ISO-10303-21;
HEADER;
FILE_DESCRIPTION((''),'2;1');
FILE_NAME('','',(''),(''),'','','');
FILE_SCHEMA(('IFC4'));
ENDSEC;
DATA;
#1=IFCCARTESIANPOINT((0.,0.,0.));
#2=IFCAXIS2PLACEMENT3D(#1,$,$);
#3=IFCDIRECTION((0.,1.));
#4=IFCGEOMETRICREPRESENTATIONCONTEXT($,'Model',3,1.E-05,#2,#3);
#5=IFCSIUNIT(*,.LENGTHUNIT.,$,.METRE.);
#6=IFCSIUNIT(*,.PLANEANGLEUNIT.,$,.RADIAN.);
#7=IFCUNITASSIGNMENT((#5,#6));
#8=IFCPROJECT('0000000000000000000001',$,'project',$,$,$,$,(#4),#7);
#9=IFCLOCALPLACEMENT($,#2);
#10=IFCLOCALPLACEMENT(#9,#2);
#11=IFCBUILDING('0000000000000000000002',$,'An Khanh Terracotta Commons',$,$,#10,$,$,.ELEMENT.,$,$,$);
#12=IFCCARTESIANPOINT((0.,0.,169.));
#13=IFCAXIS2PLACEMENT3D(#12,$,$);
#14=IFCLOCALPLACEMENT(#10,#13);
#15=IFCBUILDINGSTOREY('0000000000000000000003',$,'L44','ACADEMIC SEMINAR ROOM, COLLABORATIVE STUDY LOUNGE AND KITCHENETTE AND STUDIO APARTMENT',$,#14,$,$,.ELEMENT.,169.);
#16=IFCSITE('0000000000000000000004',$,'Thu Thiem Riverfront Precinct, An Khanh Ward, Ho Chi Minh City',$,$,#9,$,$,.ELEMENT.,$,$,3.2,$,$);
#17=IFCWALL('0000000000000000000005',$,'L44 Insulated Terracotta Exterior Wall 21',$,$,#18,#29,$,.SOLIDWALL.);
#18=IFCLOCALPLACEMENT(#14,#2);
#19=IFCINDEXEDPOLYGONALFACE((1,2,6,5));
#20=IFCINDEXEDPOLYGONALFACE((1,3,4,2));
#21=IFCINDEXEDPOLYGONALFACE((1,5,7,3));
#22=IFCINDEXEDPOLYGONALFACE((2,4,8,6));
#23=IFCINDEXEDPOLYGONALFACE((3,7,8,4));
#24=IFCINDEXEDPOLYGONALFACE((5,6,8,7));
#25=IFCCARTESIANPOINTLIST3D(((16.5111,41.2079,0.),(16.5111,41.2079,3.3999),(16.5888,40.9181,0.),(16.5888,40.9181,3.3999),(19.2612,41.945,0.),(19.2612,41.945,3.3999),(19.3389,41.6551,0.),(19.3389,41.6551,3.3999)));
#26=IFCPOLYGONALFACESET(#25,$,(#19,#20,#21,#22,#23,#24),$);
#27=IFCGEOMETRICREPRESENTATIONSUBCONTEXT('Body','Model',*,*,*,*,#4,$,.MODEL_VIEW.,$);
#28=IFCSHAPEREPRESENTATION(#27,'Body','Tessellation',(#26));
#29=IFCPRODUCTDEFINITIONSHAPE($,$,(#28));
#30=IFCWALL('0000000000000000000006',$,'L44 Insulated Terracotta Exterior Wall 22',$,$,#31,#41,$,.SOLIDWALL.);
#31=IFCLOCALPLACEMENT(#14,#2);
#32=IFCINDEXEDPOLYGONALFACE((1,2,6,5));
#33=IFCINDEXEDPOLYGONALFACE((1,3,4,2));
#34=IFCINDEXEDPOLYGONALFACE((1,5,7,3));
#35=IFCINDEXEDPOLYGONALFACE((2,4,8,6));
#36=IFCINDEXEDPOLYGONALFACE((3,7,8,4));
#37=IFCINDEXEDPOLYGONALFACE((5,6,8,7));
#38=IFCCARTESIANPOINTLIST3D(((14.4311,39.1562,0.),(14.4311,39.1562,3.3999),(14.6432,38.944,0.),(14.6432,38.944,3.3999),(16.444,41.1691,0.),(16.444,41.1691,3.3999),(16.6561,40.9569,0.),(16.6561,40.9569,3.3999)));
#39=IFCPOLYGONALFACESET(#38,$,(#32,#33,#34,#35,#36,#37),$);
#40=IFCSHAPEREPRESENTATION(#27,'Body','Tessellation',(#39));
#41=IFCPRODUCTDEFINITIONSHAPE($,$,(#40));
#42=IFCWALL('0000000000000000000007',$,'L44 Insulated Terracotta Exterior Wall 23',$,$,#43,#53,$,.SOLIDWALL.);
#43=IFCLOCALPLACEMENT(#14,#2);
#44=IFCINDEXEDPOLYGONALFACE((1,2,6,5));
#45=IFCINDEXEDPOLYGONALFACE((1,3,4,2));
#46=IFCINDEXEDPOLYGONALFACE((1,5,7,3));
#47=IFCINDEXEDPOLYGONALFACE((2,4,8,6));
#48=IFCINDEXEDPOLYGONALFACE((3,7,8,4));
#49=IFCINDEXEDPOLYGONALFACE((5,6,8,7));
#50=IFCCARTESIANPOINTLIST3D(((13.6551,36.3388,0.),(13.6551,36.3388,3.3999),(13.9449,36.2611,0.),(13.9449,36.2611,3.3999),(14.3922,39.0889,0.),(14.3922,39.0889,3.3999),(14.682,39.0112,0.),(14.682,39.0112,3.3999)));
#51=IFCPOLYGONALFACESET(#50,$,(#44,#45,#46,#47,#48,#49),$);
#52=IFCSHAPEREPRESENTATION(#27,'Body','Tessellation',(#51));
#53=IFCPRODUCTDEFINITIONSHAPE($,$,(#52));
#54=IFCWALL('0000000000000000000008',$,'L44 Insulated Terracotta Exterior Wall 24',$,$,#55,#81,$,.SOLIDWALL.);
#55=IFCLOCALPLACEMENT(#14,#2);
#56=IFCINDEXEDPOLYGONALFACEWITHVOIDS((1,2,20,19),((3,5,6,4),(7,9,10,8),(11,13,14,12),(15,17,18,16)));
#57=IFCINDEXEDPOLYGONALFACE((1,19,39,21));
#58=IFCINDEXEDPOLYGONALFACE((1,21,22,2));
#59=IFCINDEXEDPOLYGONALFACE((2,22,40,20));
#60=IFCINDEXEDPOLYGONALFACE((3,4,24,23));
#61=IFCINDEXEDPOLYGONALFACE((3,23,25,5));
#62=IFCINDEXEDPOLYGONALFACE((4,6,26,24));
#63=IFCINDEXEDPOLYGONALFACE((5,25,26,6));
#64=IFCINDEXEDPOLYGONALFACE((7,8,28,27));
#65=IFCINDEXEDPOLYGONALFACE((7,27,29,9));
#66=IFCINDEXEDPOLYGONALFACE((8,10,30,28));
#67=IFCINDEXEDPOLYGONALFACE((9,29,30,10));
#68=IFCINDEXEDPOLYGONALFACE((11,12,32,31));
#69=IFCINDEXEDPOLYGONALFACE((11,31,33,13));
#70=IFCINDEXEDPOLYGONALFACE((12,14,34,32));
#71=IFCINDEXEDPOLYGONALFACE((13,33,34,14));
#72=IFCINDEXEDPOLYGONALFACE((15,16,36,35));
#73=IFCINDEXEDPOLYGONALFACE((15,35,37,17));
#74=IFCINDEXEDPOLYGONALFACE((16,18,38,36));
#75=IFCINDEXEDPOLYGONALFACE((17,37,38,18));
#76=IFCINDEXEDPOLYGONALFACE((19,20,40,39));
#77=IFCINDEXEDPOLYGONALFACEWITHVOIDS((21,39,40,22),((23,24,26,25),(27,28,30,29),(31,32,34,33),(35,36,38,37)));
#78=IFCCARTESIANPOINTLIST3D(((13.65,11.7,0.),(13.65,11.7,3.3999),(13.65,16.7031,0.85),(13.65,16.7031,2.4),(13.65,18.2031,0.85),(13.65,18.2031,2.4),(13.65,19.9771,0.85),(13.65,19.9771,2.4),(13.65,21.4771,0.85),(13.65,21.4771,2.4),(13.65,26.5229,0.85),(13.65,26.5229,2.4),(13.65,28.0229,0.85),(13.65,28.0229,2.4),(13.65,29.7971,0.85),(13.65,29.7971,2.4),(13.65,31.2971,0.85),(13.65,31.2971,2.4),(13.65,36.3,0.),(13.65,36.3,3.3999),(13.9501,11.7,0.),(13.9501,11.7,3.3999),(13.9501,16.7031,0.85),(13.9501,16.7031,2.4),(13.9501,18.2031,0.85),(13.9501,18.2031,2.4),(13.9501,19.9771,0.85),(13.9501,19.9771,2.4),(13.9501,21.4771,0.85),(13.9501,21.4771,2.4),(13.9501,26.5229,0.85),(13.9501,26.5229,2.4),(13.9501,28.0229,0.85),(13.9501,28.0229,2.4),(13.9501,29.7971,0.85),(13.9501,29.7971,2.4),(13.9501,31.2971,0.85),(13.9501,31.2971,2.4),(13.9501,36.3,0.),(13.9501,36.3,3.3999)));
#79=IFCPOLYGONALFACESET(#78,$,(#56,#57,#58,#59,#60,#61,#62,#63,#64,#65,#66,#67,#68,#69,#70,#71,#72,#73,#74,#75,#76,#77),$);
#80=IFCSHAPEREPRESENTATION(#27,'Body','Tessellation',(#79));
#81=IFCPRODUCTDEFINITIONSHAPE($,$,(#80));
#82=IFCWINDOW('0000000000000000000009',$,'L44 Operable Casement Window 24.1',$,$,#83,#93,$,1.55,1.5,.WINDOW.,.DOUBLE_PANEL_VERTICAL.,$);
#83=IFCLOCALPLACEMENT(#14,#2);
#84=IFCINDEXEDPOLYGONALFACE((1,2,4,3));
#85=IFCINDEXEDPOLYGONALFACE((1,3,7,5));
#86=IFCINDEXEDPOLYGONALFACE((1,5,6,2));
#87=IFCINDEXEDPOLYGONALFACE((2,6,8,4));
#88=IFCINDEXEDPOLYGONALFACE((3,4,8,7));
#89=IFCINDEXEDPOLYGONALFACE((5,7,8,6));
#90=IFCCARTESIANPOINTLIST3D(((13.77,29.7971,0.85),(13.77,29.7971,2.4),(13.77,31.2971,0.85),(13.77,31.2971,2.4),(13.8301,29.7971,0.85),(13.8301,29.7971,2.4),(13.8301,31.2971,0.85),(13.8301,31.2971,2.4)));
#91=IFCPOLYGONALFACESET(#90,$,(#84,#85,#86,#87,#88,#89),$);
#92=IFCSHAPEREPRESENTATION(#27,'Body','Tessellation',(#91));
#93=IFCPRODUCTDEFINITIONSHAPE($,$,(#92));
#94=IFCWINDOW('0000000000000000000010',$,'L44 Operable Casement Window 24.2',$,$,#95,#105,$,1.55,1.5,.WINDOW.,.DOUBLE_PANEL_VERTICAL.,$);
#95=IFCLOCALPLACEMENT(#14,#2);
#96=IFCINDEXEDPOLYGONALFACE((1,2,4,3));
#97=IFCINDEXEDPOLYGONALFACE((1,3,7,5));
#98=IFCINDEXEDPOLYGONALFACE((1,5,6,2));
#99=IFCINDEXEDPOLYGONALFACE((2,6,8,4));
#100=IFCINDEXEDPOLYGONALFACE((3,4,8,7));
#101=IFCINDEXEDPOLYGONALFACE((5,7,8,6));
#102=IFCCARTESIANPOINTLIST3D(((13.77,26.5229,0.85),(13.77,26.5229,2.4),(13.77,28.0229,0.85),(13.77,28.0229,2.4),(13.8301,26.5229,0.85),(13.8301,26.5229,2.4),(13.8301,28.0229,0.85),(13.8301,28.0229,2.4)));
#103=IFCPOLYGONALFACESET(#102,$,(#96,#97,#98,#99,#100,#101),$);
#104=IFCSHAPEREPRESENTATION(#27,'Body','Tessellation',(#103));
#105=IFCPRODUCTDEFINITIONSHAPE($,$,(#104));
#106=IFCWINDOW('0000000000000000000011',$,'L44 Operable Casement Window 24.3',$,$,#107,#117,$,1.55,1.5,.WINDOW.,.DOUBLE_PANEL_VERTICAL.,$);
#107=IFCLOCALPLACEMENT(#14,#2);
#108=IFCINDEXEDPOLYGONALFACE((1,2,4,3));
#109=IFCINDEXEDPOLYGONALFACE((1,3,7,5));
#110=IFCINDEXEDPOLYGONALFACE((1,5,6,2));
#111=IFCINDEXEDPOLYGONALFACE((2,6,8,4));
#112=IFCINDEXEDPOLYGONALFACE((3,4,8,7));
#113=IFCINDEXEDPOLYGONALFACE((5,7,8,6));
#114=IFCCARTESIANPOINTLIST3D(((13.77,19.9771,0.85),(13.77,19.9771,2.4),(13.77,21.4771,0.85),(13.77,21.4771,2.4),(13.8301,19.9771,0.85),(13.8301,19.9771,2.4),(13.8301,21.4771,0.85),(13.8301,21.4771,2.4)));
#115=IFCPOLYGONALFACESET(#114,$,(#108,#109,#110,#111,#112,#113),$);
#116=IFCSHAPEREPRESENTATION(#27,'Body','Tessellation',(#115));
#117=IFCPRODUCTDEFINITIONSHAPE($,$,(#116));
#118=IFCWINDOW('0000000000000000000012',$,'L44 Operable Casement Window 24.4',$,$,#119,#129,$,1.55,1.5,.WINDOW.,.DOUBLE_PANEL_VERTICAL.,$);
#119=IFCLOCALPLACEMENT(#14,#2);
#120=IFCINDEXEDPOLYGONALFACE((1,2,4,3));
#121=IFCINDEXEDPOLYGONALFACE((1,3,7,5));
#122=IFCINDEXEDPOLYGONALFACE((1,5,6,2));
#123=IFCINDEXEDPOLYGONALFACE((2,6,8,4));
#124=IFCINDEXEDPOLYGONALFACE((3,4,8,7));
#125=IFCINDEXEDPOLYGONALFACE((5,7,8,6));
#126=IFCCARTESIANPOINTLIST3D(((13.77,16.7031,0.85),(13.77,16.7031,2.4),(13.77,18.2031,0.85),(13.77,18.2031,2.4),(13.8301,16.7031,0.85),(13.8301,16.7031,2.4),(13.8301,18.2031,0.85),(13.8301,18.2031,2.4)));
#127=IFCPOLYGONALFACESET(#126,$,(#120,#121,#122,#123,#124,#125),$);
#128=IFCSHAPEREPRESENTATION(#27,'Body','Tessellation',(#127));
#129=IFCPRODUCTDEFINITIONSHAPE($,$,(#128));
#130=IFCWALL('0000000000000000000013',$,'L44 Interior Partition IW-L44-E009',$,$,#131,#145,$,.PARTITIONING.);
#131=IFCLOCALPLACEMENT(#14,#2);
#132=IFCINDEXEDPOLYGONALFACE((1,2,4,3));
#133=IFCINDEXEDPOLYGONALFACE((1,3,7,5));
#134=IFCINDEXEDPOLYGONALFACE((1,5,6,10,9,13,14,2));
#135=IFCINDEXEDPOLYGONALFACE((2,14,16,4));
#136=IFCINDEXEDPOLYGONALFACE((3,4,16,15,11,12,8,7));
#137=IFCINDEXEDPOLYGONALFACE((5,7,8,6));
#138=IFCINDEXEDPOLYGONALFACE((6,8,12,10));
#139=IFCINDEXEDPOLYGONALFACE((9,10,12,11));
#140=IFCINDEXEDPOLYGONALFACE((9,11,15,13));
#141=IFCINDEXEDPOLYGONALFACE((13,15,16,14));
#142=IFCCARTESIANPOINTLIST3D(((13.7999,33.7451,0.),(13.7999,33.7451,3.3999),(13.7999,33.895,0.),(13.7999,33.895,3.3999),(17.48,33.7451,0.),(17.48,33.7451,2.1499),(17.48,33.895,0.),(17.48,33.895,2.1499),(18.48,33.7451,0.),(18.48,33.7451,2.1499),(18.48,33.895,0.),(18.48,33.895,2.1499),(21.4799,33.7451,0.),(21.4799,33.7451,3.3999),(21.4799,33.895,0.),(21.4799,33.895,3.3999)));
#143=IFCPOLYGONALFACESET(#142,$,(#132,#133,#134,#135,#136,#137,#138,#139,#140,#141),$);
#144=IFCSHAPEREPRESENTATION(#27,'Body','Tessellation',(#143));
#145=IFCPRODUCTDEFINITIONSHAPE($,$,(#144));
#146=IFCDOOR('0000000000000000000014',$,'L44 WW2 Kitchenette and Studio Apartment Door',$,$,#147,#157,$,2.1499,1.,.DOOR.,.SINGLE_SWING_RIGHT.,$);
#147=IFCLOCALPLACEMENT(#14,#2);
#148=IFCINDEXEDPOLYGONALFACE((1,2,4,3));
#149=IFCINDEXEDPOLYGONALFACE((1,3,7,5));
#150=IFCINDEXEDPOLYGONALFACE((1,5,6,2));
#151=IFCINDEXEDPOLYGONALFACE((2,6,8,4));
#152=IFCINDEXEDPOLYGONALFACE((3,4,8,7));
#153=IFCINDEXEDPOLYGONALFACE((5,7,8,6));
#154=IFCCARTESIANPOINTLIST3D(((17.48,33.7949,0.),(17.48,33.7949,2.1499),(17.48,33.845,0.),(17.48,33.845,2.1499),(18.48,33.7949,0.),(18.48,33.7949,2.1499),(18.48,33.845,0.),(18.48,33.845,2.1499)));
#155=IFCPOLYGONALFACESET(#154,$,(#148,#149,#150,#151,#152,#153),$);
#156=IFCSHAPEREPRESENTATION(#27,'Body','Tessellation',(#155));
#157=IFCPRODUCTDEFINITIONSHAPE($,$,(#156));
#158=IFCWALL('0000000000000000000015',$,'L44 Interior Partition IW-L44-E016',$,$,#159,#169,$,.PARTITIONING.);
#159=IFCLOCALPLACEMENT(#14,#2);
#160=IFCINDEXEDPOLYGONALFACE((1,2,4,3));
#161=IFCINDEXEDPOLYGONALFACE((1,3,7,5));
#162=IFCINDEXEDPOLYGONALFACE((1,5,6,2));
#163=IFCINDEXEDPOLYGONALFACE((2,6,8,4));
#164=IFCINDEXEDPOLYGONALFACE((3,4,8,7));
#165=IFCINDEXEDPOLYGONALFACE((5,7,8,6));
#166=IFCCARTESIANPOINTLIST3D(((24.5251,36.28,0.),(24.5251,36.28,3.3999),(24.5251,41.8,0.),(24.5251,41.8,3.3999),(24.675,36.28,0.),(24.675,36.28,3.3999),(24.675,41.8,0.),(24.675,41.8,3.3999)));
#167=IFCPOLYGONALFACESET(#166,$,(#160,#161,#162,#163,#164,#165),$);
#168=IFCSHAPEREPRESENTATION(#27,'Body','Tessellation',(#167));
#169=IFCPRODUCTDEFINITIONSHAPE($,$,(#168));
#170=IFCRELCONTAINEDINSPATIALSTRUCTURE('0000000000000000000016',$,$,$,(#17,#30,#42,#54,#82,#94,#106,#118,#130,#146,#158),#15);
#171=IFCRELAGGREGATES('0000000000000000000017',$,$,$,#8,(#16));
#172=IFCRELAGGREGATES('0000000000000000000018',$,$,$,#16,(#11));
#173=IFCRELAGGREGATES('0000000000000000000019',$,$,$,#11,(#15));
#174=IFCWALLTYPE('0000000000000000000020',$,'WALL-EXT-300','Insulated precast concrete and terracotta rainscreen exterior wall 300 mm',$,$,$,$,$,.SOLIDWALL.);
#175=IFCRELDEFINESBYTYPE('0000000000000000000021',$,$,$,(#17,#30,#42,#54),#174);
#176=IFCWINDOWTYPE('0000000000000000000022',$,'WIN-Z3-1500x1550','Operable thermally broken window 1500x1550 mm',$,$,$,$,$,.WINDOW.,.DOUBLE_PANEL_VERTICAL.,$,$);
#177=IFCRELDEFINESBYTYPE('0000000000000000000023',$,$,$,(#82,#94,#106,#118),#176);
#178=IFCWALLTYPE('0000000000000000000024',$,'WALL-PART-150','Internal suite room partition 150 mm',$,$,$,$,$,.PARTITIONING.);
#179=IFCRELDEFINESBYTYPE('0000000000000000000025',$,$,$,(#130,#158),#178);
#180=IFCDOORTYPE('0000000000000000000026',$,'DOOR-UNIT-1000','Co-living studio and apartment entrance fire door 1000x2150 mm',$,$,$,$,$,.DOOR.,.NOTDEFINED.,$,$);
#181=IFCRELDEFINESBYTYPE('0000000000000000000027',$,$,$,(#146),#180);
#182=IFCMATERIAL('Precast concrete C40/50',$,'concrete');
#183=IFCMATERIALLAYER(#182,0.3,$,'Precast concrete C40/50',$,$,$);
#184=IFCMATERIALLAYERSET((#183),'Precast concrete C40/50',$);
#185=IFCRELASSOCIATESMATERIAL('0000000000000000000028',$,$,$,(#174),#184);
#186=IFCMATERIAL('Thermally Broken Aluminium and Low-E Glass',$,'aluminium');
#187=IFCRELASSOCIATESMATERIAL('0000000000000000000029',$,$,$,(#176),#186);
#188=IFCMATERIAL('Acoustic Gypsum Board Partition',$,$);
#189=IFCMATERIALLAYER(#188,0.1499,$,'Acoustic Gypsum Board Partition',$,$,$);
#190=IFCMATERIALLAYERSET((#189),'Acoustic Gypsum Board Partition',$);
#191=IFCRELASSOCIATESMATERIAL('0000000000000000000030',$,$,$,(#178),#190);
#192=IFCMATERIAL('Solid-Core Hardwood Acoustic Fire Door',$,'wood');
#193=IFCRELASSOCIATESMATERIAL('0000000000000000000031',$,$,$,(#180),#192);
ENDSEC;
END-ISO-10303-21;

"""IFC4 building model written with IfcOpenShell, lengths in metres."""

from ifc_helpers import new_model, si_unit, direction, frame, frame_2d, origin, place, context, subcontext, project, spatial, rectangle, extrude, material, layer, layer_set, type_object, element, fill, save


model = new_model("IFC4")

# Units and contexts
model_context = context("Model", 3, precision=1e-05, world=origin(), true_north=direction((0.0, 1.0)))
body_context = subcontext(model_context, "Body", "Model", "MODEL_VIEW")
ifc_project = project(units=[si_unit("LENGTHUNIT", "METRE"), si_unit("PLANEANGLEUNIT", "RADIAN")], contexts=[model_context])

# Site, building, storey
site_placement = place(None, origin())
site = spatial("IfcSite", under=ifc_project, at=site_placement, Name="Thu Thiem Riverfront Precinct, An Khanh Ward, Ho Chi Minh City", CompositionType="ELEMENT", RefElevation=3.2)
building_placement = place(site_placement, origin())
building = spatial("IfcBuilding", under=site, at=building_placement, Name="An Khanh Terracotta Commons", CompositionType="ELEMENT")
storey_placement = place(building_placement, frame((0.0, 0.0, 169.0)))
storey = spatial("IfcBuildingStorey", under=building, at=storey_placement, Name="L44", Description="ACADEMIC SEMINAR ROOM, COLLABORATIVE STUDY LOUNGE AND KITCHENETTE AND STUDIO APARTMENT", CompositionType="ELEMENT", Elevation=169.0)

# Walls
ifc_material_1 = material(Name="Precast concrete C40/50", Category="concrete")
ifc_layer_1 = layer(ifc_material_1, 0.3, Name="Precast concrete C40/50")
ifc_layer_set_1 = layer_set([ifc_layer_1], Name="Precast concrete C40/50")
wall_type_1 = type_object("IfcWallType", Name="WALL-EXT-300", Description="Insulated precast concrete and terracotta rainscreen exterior wall 300 mm", PredefinedType="SOLIDWALL", material=ifc_layer_set_1)
wall_1_placement = place(storey_placement, frame((19.3, 41.8, 0.0), z_axis=(0.0, 0.0, 1.0), x_axis=(-0.965908, -0.258885, 0.0)))
element("IfcWall", 1, at=wall_1_placement, inside=storey, type_object=wall_type_1, Name="L44 Insulated Terracotta Exterior Wall 21", PredefinedType="SOLIDWALL", context=body_context, shape_type="SweptSolid", body=[
    extrude(rectangle(XDim=2.8472, YDim=0.3, at=frame_2d((1.4236, 0.0))), origin(), (0.0, 0.0, 1.0), 3.3999),
])
wall_2_placement = place(storey_placement, frame((16.55, 41.063, 0.0), z_axis=(0.0, 0.0, 1.0), x_axis=(-0.707107, -0.707107, 0.0)))
element("IfcWall", 2, at=wall_2_placement, inside=storey, type_object=wall_type_1, Name="L44 Insulated Terracotta Exterior Wall 22", PredefinedType="SOLIDWALL", context=body_context, shape_type="SweptSolid", body=[
    extrude(rectangle(XDim=2.8467, YDim=0.3, at=frame_2d((1.4233, 0.0))), origin(), (0.0, 0.0, 1.0), 3.3999),
])
wall_3_placement = place(storey_placement, frame((14.5371, 39.05, 0.0), z_axis=(0.0, 0.0, 1.0), x_axis=(-0.258885, -0.965908, 0.0)))
element("IfcWall", 3, at=wall_3_placement, inside=storey, type_object=wall_type_1, Name="L44 Insulated Terracotta Exterior Wall 23", PredefinedType="SOLIDWALL", context=body_context, shape_type="SweptSolid", body=[
    extrude(rectangle(XDim=2.8472, YDim=0.3, at=frame_2d((1.4236, 0.0))), origin(), (0.0, 0.0, 1.0), 3.3999),
])

# Wall, openings, windows
wall_4_placement = place(storey_placement, frame((13.8, 36.3, 0.0), z_axis=(0.0, 0.0, 1.0), x_axis=(0.0, -1.0, 0.0)))
wall_4 = element("IfcWall", 4, at=wall_4_placement, inside=storey, type_object=wall_type_1, Name="L44 Insulated Terracotta Exterior Wall 24", PredefinedType="SOLIDWALL", context=body_context, shape_type="SweptSolid", body=[
    extrude(rectangle(XDim=24.6001, YDim=0.3, at=frame_2d((12.3, 0.0))), origin(), (0.0, 0.0, 1.0), 3.3999),
])
opening_1_placement = place(wall_4_placement, frame((5.0029, 0.0, 0.8501)))
opening_1 = element("IfcOpeningElement", 5, at=opening_1_placement, cuts=wall_4, PredefinedType="OPENING", context=body_context, shape_type="SweptSolid", body=[
    extrude(rectangle(XDim=1.5, YDim=1.55, at=frame_2d((0.75, 0.7749))), frame((0.0, 0.1599, 0.0), z_axis=(0.0, -1.0, 0.0), x_axis=(1.0, 0.0, 0.0)), (0.0, 0.0, 1.0), 0.3201),
])
opening_2_placement = place(wall_4_placement, frame((8.2771, 0.0, 0.8501)))
opening_2 = element("IfcOpeningElement", 6, at=opening_2_placement, cuts=wall_4, PredefinedType="OPENING", context=body_context, shape_type="SweptSolid", body=[
    extrude(rectangle(XDim=1.5, YDim=1.55, at=frame_2d((0.75, 0.7749))), frame((0.0, 0.1599, 0.0), z_axis=(0.0, -1.0, 0.0), x_axis=(1.0, 0.0, 0.0)), (0.0, 0.0, 1.0), 0.3201),
])
opening_3_placement = place(wall_4_placement, frame((14.823, 0.0, 0.8501)))
opening_3 = element("IfcOpeningElement", 7, at=opening_3_placement, cuts=wall_4, PredefinedType="OPENING", context=body_context, shape_type="SweptSolid", body=[
    extrude(rectangle(XDim=1.5, YDim=1.55, at=frame_2d((0.75, 0.7749))), frame((0.0, 0.1599, 0.0), z_axis=(0.0, -1.0, 0.0), x_axis=(1.0, 0.0, 0.0)), (0.0, 0.0, 1.0), 0.3201),
])
opening_4_placement = place(wall_4_placement, frame((18.0969, 0.0, 0.8501)))
opening_4 = element("IfcOpeningElement", 8, at=opening_4_placement, cuts=wall_4, PredefinedType="OPENING", context=body_context, shape_type="SweptSolid", body=[
    extrude(rectangle(XDim=1.5, YDim=1.55, at=frame_2d((0.75, 0.7749))), frame((0.0, 0.1599, 0.0), z_axis=(0.0, -1.0, 0.0), x_axis=(1.0, 0.0, 0.0)), (0.0, 0.0, 1.0), 0.3201),
])
ifc_material_2 = material(Name="Thermally Broken Aluminium and Low-E Glass", Category="aluminium")
window_type = type_object("IfcWindowType", Name="WIN-Z3-1500x1550", Description="Operable thermally broken window 1500x1550 mm", PartitioningType="DOUBLE_PANEL_VERTICAL", PredefinedType="WINDOW", material=ifc_material_2)
window_1_placement = place(opening_1_placement, origin())
window_1 = element("IfcWindow", 9, at=window_1_placement, inside=storey, type_object=window_type, Name="L44 Operable Casement Window 24.1", OverallHeight=1.55, OverallWidth=1.5, PartitioningType="DOUBLE_PANEL_VERTICAL", PredefinedType="WINDOW", context=body_context, shape_type="SweptSolid", body=[
    extrude(rectangle(XDim=1.5, YDim=1.55, at=frame_2d((0.75, 0.7749))), frame((0.0, 0.03, 0.0), z_axis=(0.0, -1.0, 0.0), x_axis=(1.0, 0.0, 0.0)), (0.0, 0.0, 1.0), 0.0601),
])
fill(opening_1, window_1)
window_2_placement = place(opening_2_placement, origin())
window_2 = element("IfcWindow", 10, at=window_2_placement, inside=storey, type_object=window_type, Name="L44 Operable Casement Window 24.2", OverallHeight=1.55, OverallWidth=1.5, PartitioningType="DOUBLE_PANEL_VERTICAL", PredefinedType="WINDOW", context=body_context, shape_type="SweptSolid", body=[
    extrude(rectangle(XDim=1.5, YDim=1.55, at=frame_2d((0.75, 0.7749))), frame((0.0, 0.03, 0.0), z_axis=(0.0, -1.0, 0.0), x_axis=(1.0, 0.0, 0.0)), (0.0, 0.0, 1.0), 0.0601),
])
fill(opening_2, window_2)
window_3_placement = place(opening_3_placement, origin())
window_3 = element("IfcWindow", 11, at=window_3_placement, inside=storey, type_object=window_type, Name="L44 Operable Casement Window 24.3", OverallHeight=1.55, OverallWidth=1.5, PartitioningType="DOUBLE_PANEL_VERTICAL", PredefinedType="WINDOW", context=body_context, shape_type="SweptSolid", body=[
    extrude(rectangle(XDim=1.5, YDim=1.55, at=frame_2d((0.75, 0.7749))), frame((0.0, 0.03, 0.0), z_axis=(0.0, -1.0, 0.0), x_axis=(1.0, 0.0, 0.0)), (0.0, 0.0, 1.0), 0.0601),
])
fill(opening_3, window_3)
window_4_placement = place(opening_4_placement, origin())
window_4 = element("IfcWindow", 12, at=window_4_placement, inside=storey, type_object=window_type, Name="L44 Operable Casement Window 24.4", OverallHeight=1.55, OverallWidth=1.5, PartitioningType="DOUBLE_PANEL_VERTICAL", PredefinedType="WINDOW", context=body_context, shape_type="SweptSolid", body=[
    extrude(rectangle(XDim=1.5, YDim=1.55, at=frame_2d((0.75, 0.7749))), frame((0.0, 0.03, 0.0), z_axis=(0.0, -1.0, 0.0), x_axis=(1.0, 0.0, 0.0)), (0.0, 0.0, 1.0), 0.0601),
])
fill(opening_4, window_4)

# Wall, opening, door
ifc_material_3 = material(Name="Acoustic Gypsum Board Partition")
ifc_layer_2 = layer(ifc_material_3, 0.1499, Name="Acoustic Gypsum Board Partition")
ifc_layer_set_2 = layer_set([ifc_layer_2], Name="Acoustic Gypsum Board Partition")
wall_type_2 = type_object("IfcWallType", Name="WALL-PART-150", Description="Internal suite room partition 150 mm", PredefinedType="PARTITIONING", material=ifc_layer_set_2)
wall_5_placement = place(storey_placement, frame((13.8, 33.8201, 0.0), z_axis=(0.0, 0.0, 1.0), x_axis=(1.0, 0.0, 0.0)))
wall_5 = element("IfcWall", 13, at=wall_5_placement, inside=storey, type_object=wall_type_2, Name="L44 Interior Partition IW-L44-E009", PredefinedType="PARTITIONING", context=body_context, shape_type="SweptSolid", body=[
    extrude(rectangle(XDim=7.6799, YDim=0.1499, at=frame_2d((3.8398, 0.0))), origin(), (0.0, 0.0, 1.0), 3.3999),
])
opening_5_placement = place(wall_5_placement, frame((3.6799, 0.0, 0.0)))
opening_5 = element("IfcOpeningElement", 14, at=opening_5_placement, cuts=wall_5, PredefinedType="OPENING", context=body_context, shape_type="SweptSolid", body=[
    extrude(rectangle(XDim=1.0, YDim=2.1499, at=frame_2d((0.5, 1.075))), frame((0.0, 0.085, 0.0), z_axis=(0.0, -1.0, 0.0), x_axis=(1.0, 0.0, 0.0)), (0.0, 0.0, 1.0), 0.1699),
])
ifc_material_4 = material(Name="Solid-Core Hardwood Acoustic Fire Door", Category="wood")
door_type_1 = type_object("IfcDoorType", Name="DOOR-UNIT-1000", Description="Co-living studio and apartment entrance fire door 1000x2150 mm", OperationType="NOTDEFINED", PredefinedType="DOOR", material=ifc_material_4)
door_1_placement = place(opening_5_placement, origin())
door_1 = element("IfcDoor", 15, at=door_1_placement, inside=storey, type_object=door_type_1, Name="L44 WW2 Kitchenette and Studio Apartment Door", OperationType="SINGLE_SWING_RIGHT", OverallHeight=2.1499, OverallWidth=1.0, PredefinedType="DOOR", context=body_context, shape_type="SweptSolid", body=[
    extrude(rectangle(XDim=1.0, YDim=2.1499, at=frame_2d((0.5, 1.075))), frame((0.0, 0.0249, 0.0), z_axis=(0.0, -1.0, 0.0), x_axis=(1.0, 0.0, 0.0)), (0.0, 0.0, 1.0), 0.05),
])
fill(opening_5, door_1)

# Wall
wall_6_placement = place(storey_placement, frame((24.6001, 36.28, 0.0), z_axis=(0.0, 0.0, 1.0), x_axis=(0.0, 1.0, 0.0)))
element("IfcWall", 16, at=wall_6_placement, inside=storey, type_object=wall_type_2, Name="L44 Interior Partition IW-L44-E016", PredefinedType="PARTITIONING", context=body_context, shape_type="SweptSolid", body=[
    extrude(rectangle(XDim=5.52, YDim=0.1499, at=frame_2d((2.76, 0.0))), origin(), (0.0, 0.0, 1.0), 3.3999),
])

save(model, "model.ifc")
